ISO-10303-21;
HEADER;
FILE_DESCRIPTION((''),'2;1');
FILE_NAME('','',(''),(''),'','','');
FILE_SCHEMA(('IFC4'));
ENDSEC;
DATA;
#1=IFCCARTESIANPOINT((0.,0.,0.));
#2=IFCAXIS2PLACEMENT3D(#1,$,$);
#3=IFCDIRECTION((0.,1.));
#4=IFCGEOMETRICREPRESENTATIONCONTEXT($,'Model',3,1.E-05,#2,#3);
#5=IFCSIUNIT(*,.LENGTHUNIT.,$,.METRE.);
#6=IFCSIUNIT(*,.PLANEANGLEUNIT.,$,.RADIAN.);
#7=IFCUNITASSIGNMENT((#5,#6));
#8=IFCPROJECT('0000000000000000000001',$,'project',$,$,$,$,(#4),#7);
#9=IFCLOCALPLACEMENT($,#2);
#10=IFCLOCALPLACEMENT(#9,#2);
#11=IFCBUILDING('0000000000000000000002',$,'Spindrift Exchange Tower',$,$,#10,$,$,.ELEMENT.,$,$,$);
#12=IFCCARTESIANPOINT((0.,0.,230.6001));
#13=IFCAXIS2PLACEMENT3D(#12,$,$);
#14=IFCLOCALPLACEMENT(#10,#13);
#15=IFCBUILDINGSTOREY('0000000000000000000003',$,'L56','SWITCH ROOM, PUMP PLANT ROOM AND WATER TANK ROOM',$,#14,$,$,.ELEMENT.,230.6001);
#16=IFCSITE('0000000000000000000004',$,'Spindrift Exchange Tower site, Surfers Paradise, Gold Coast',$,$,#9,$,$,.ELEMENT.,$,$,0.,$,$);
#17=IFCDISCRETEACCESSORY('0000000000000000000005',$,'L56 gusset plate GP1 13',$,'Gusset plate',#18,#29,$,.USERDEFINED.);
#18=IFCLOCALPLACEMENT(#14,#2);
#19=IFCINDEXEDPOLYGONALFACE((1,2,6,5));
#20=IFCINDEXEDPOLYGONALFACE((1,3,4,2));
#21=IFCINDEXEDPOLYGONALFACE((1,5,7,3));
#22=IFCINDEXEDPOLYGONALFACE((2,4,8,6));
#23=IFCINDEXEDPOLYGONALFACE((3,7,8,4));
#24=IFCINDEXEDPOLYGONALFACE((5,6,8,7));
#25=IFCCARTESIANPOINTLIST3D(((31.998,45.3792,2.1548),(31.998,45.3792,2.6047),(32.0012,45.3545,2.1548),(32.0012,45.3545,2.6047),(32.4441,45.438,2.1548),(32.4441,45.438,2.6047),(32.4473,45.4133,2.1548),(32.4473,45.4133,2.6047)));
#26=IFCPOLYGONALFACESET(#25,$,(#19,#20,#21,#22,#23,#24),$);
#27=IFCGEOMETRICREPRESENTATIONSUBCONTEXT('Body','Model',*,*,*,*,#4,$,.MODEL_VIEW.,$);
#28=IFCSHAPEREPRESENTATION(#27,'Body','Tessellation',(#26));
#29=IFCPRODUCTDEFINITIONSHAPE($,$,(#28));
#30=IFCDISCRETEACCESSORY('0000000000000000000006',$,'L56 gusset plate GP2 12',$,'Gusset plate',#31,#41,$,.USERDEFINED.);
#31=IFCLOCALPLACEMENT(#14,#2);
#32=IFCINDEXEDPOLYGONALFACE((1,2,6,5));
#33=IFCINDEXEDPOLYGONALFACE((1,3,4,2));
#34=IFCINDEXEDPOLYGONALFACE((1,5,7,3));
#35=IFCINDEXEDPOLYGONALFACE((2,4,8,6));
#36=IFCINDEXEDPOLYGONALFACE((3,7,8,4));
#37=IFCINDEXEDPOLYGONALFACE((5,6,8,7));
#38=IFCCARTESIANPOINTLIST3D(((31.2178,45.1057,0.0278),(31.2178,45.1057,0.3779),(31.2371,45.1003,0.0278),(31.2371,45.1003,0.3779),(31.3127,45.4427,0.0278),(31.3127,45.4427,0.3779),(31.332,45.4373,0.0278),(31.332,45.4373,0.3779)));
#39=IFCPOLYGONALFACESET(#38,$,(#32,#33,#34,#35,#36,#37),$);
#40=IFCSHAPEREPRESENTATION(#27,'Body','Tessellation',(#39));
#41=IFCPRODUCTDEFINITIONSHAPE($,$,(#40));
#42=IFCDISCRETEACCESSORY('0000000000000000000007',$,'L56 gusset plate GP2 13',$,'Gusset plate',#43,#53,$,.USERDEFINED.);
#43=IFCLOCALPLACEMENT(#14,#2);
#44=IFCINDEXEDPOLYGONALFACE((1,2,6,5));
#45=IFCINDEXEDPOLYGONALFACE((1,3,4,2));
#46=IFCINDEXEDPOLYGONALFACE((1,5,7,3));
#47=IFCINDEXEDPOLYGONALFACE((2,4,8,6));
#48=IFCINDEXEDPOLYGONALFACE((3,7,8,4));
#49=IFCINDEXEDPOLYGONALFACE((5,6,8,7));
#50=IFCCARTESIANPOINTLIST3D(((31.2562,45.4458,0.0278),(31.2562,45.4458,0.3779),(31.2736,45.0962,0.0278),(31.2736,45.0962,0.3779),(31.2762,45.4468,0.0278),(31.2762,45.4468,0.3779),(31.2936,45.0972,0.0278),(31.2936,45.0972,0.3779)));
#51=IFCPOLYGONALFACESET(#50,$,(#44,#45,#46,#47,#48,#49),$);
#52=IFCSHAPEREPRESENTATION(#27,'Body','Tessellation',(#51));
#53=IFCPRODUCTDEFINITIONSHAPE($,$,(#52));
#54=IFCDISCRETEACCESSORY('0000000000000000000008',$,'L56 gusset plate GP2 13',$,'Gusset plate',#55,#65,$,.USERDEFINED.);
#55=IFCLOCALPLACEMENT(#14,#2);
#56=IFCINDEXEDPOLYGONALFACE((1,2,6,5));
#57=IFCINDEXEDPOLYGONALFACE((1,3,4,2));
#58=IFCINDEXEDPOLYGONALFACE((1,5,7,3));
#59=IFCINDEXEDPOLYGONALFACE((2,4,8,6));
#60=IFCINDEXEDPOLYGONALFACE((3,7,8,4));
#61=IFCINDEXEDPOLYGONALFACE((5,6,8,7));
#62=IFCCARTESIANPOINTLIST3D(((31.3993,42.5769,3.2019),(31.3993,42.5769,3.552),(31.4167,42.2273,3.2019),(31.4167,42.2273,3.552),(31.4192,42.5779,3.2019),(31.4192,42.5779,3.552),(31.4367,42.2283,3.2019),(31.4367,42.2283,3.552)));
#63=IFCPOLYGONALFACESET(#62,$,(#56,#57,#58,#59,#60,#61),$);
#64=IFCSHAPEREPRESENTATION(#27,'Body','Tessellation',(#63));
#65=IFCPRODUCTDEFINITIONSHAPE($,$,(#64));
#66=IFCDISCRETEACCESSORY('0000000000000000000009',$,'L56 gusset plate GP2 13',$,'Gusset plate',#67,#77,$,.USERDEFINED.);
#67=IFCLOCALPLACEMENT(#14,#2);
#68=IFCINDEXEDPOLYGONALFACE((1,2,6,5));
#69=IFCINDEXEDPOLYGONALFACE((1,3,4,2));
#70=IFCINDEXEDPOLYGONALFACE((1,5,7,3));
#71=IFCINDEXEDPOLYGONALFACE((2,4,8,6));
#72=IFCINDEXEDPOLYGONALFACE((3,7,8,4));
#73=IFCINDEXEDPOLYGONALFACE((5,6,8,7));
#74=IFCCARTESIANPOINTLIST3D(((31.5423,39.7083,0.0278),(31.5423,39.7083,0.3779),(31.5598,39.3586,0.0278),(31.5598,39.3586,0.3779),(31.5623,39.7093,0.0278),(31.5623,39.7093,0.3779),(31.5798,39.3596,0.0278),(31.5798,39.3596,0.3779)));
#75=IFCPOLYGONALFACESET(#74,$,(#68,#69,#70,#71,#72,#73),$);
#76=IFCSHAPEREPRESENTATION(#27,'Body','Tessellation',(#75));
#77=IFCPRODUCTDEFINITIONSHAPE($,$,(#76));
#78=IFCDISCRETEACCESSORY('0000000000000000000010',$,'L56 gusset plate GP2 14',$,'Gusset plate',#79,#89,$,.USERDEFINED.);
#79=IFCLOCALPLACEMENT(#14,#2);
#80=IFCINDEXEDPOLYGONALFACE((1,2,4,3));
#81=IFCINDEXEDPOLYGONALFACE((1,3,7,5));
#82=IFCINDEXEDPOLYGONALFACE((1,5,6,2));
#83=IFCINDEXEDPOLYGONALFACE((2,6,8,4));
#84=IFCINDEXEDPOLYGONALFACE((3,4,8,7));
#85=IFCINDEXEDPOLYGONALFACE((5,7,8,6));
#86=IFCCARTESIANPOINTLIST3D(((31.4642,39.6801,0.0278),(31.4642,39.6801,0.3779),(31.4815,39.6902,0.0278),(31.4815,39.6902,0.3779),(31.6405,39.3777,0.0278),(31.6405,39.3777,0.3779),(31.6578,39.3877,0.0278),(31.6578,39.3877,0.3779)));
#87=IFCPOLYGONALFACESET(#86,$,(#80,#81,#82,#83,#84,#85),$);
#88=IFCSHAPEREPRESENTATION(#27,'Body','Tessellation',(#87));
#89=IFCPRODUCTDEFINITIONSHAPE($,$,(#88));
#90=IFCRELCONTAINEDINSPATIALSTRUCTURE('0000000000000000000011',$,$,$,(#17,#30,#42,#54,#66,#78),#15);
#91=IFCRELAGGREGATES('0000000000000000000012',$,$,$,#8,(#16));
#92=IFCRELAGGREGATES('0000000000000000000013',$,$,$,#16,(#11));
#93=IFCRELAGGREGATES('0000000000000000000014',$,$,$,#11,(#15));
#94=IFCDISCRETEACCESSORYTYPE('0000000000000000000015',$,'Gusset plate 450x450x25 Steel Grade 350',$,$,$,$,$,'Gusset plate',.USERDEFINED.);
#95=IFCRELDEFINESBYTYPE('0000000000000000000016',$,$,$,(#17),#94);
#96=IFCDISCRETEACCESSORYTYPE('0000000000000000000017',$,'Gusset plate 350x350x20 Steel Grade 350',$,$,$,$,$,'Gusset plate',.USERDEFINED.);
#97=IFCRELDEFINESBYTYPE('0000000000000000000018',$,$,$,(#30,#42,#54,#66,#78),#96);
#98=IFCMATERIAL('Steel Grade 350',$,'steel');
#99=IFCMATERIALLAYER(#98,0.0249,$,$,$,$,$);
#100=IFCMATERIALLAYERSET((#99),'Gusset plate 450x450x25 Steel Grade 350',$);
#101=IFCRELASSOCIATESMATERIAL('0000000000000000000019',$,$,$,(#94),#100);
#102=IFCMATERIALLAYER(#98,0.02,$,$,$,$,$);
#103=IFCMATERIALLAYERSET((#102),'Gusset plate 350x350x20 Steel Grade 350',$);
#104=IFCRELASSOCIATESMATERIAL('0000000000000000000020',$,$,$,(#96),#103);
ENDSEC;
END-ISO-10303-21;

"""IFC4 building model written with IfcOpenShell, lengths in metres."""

from ifc_helpers import new_model, si_unit, direction, frame, origin, origin_2d, place, context, subcontext, project, spatial, rectangle, extrude, source, transform, mapped, material, layer, layer_set, type_object, element, save


model = new_model("IFC4")

# Units and contexts
model_context = context("Model", 3, precision=1e-05, world=origin(), true_north=direction((0.0, 1.0)))
body_context = subcontext(model_context, "Body", "Model", "MODEL_VIEW")
ifc_project = project(units=[si_unit("LENGTHUNIT", "METRE"), si_unit("PLANEANGLEUNIT", "RADIAN")], contexts=[model_context])

# Site, building, storey
site_placement = place(None, origin())
site = spatial("IfcSite", under=ifc_project, at=site_placement, Name="Spindrift Exchange Tower site, Surfers Paradise, Gold Coast", CompositionType="ELEMENT", RefElevation=0.0)
building_placement = place(site_placement, origin())
building = spatial("IfcBuilding", under=site, at=building_placement, Name="Spindrift Exchange Tower", CompositionType="ELEMENT")
storey_placement = place(building_placement, frame((0.0, 0.0, 230.6001)))
storey = spatial("IfcBuildingStorey", under=building, at=storey_placement, Name="L56", Description="SWITCH ROOM, PUMP PLANT ROOM AND WATER TANK ROOM", CompositionType="ELEMENT", Elevation=230.6001)

# Shared definitions
ifc_material_1 = material(Name="Steel Grade 350", Category="steel")

# Discrete accessories
ifc_layer_1 = layer(ifc_material_1, 0.0249)
ifc_layer_set_1 = layer_set([ifc_layer_1], Name="Gusset plate 450x450x25 Steel Grade 350")
discrete_accessory_type_1 = type_object("IfcDiscreteAccessoryType", Name="Gusset plate 450x450x25 Steel Grade 350", ElementType="Gusset plate", PredefinedType="USERDEFINED", material=ifc_layer_set_1)
shared_shape_1 = source(origin(), body_context, "Body", "SweptSolid", [
    extrude(rectangle(XDim=0.45, YDim=0.0249, at=origin_2d()), origin(), (0.0, 0.0, 1.0), 0.45),
])
for number, where, z_axis, x_axis, name in (
    (1, (32.2227, 45.3962, 2.1548), (0.0, 0.0, 1.0), (-0.991445, -0.130526, 0.0), "L56 gusset plate GP1 13"),
):
    element("IfcDiscreteAccessory", number, at=place(storey_placement, frame(where, z_axis=z_axis, x_axis=x_axis)), inside=storey, type_object=discrete_accessory_type_1, Name=name, ObjectType="Gusset plate", PredefinedType="USERDEFINED", context=body_context, shape_type="MappedRepresentation", body=[
        mapped(shared_shape_1, transform((0.0, 0.0, 0.0), scale=1.0)),
    ])
ifc_layer_2 = layer(ifc_material_1, 0.02)
ifc_layer_set_2 = layer_set([ifc_layer_2], Name="Gusset plate 350x350x20 Steel Grade 350")
discrete_accessory_type_2 = type_object("IfcDiscreteAccessoryType", Name="Gusset plate 350x350x20 Steel Grade 350", ElementType="Gusset plate", PredefinedType="USERDEFINED", material=ifc_layer_set_2)
shared_shape_2 = source(origin(), body_context, "Body", "SweptSolid", [
    extrude(rectangle(XDim=0.3501, YDim=0.02, at=origin_2d()), origin(), (0.0, 0.0, 1.0), 0.3501),
])
for number, where, z_axis, x_axis, name in (
    (2, (31.2749, 45.2715, 0.0278), (0.0, 0.0, 1.0), (-0.27096, -0.962591, 0.0), "L56 gusset plate GP2 12"),
    (3, (31.2749, 45.2715, 0.0278), (0.0, 0.0, 1.0), (0.049819, -0.998758, 0.0), "L56 gusset plate GP2 13"),
    (4, (31.418, 42.4026, 3.2019), (0.0, 0.0, 1.0), (0.049819, -0.998758, 0.0), "L56 gusset plate GP2 13"),
    (5, (31.561, 39.5339, 0.0278), (0.0, 0.0, 1.0), (0.049819, -0.998758, 0.0), "L56 gusset plate GP2 13"),
    (6, (31.561, 39.5339, 0.0278), (0.0, 0.0, 1.0), (0.503549, -0.863966, 0.0), "L56 gusset plate GP2 14"),
):
    element("IfcDiscreteAccessory", number, at=place(storey_placement, frame(where, z_axis=z_axis, x_axis=x_axis)), inside=storey, type_object=discrete_accessory_type_2, Name=name, ObjectType="Gusset plate", PredefinedType="USERDEFINED", context=body_context, shape_type="MappedRepresentation", body=[
        mapped(shared_shape_2, transform((0.0, 0.0, 0.0), scale=1.0)),
    ])

save(model, "model.ifc")
